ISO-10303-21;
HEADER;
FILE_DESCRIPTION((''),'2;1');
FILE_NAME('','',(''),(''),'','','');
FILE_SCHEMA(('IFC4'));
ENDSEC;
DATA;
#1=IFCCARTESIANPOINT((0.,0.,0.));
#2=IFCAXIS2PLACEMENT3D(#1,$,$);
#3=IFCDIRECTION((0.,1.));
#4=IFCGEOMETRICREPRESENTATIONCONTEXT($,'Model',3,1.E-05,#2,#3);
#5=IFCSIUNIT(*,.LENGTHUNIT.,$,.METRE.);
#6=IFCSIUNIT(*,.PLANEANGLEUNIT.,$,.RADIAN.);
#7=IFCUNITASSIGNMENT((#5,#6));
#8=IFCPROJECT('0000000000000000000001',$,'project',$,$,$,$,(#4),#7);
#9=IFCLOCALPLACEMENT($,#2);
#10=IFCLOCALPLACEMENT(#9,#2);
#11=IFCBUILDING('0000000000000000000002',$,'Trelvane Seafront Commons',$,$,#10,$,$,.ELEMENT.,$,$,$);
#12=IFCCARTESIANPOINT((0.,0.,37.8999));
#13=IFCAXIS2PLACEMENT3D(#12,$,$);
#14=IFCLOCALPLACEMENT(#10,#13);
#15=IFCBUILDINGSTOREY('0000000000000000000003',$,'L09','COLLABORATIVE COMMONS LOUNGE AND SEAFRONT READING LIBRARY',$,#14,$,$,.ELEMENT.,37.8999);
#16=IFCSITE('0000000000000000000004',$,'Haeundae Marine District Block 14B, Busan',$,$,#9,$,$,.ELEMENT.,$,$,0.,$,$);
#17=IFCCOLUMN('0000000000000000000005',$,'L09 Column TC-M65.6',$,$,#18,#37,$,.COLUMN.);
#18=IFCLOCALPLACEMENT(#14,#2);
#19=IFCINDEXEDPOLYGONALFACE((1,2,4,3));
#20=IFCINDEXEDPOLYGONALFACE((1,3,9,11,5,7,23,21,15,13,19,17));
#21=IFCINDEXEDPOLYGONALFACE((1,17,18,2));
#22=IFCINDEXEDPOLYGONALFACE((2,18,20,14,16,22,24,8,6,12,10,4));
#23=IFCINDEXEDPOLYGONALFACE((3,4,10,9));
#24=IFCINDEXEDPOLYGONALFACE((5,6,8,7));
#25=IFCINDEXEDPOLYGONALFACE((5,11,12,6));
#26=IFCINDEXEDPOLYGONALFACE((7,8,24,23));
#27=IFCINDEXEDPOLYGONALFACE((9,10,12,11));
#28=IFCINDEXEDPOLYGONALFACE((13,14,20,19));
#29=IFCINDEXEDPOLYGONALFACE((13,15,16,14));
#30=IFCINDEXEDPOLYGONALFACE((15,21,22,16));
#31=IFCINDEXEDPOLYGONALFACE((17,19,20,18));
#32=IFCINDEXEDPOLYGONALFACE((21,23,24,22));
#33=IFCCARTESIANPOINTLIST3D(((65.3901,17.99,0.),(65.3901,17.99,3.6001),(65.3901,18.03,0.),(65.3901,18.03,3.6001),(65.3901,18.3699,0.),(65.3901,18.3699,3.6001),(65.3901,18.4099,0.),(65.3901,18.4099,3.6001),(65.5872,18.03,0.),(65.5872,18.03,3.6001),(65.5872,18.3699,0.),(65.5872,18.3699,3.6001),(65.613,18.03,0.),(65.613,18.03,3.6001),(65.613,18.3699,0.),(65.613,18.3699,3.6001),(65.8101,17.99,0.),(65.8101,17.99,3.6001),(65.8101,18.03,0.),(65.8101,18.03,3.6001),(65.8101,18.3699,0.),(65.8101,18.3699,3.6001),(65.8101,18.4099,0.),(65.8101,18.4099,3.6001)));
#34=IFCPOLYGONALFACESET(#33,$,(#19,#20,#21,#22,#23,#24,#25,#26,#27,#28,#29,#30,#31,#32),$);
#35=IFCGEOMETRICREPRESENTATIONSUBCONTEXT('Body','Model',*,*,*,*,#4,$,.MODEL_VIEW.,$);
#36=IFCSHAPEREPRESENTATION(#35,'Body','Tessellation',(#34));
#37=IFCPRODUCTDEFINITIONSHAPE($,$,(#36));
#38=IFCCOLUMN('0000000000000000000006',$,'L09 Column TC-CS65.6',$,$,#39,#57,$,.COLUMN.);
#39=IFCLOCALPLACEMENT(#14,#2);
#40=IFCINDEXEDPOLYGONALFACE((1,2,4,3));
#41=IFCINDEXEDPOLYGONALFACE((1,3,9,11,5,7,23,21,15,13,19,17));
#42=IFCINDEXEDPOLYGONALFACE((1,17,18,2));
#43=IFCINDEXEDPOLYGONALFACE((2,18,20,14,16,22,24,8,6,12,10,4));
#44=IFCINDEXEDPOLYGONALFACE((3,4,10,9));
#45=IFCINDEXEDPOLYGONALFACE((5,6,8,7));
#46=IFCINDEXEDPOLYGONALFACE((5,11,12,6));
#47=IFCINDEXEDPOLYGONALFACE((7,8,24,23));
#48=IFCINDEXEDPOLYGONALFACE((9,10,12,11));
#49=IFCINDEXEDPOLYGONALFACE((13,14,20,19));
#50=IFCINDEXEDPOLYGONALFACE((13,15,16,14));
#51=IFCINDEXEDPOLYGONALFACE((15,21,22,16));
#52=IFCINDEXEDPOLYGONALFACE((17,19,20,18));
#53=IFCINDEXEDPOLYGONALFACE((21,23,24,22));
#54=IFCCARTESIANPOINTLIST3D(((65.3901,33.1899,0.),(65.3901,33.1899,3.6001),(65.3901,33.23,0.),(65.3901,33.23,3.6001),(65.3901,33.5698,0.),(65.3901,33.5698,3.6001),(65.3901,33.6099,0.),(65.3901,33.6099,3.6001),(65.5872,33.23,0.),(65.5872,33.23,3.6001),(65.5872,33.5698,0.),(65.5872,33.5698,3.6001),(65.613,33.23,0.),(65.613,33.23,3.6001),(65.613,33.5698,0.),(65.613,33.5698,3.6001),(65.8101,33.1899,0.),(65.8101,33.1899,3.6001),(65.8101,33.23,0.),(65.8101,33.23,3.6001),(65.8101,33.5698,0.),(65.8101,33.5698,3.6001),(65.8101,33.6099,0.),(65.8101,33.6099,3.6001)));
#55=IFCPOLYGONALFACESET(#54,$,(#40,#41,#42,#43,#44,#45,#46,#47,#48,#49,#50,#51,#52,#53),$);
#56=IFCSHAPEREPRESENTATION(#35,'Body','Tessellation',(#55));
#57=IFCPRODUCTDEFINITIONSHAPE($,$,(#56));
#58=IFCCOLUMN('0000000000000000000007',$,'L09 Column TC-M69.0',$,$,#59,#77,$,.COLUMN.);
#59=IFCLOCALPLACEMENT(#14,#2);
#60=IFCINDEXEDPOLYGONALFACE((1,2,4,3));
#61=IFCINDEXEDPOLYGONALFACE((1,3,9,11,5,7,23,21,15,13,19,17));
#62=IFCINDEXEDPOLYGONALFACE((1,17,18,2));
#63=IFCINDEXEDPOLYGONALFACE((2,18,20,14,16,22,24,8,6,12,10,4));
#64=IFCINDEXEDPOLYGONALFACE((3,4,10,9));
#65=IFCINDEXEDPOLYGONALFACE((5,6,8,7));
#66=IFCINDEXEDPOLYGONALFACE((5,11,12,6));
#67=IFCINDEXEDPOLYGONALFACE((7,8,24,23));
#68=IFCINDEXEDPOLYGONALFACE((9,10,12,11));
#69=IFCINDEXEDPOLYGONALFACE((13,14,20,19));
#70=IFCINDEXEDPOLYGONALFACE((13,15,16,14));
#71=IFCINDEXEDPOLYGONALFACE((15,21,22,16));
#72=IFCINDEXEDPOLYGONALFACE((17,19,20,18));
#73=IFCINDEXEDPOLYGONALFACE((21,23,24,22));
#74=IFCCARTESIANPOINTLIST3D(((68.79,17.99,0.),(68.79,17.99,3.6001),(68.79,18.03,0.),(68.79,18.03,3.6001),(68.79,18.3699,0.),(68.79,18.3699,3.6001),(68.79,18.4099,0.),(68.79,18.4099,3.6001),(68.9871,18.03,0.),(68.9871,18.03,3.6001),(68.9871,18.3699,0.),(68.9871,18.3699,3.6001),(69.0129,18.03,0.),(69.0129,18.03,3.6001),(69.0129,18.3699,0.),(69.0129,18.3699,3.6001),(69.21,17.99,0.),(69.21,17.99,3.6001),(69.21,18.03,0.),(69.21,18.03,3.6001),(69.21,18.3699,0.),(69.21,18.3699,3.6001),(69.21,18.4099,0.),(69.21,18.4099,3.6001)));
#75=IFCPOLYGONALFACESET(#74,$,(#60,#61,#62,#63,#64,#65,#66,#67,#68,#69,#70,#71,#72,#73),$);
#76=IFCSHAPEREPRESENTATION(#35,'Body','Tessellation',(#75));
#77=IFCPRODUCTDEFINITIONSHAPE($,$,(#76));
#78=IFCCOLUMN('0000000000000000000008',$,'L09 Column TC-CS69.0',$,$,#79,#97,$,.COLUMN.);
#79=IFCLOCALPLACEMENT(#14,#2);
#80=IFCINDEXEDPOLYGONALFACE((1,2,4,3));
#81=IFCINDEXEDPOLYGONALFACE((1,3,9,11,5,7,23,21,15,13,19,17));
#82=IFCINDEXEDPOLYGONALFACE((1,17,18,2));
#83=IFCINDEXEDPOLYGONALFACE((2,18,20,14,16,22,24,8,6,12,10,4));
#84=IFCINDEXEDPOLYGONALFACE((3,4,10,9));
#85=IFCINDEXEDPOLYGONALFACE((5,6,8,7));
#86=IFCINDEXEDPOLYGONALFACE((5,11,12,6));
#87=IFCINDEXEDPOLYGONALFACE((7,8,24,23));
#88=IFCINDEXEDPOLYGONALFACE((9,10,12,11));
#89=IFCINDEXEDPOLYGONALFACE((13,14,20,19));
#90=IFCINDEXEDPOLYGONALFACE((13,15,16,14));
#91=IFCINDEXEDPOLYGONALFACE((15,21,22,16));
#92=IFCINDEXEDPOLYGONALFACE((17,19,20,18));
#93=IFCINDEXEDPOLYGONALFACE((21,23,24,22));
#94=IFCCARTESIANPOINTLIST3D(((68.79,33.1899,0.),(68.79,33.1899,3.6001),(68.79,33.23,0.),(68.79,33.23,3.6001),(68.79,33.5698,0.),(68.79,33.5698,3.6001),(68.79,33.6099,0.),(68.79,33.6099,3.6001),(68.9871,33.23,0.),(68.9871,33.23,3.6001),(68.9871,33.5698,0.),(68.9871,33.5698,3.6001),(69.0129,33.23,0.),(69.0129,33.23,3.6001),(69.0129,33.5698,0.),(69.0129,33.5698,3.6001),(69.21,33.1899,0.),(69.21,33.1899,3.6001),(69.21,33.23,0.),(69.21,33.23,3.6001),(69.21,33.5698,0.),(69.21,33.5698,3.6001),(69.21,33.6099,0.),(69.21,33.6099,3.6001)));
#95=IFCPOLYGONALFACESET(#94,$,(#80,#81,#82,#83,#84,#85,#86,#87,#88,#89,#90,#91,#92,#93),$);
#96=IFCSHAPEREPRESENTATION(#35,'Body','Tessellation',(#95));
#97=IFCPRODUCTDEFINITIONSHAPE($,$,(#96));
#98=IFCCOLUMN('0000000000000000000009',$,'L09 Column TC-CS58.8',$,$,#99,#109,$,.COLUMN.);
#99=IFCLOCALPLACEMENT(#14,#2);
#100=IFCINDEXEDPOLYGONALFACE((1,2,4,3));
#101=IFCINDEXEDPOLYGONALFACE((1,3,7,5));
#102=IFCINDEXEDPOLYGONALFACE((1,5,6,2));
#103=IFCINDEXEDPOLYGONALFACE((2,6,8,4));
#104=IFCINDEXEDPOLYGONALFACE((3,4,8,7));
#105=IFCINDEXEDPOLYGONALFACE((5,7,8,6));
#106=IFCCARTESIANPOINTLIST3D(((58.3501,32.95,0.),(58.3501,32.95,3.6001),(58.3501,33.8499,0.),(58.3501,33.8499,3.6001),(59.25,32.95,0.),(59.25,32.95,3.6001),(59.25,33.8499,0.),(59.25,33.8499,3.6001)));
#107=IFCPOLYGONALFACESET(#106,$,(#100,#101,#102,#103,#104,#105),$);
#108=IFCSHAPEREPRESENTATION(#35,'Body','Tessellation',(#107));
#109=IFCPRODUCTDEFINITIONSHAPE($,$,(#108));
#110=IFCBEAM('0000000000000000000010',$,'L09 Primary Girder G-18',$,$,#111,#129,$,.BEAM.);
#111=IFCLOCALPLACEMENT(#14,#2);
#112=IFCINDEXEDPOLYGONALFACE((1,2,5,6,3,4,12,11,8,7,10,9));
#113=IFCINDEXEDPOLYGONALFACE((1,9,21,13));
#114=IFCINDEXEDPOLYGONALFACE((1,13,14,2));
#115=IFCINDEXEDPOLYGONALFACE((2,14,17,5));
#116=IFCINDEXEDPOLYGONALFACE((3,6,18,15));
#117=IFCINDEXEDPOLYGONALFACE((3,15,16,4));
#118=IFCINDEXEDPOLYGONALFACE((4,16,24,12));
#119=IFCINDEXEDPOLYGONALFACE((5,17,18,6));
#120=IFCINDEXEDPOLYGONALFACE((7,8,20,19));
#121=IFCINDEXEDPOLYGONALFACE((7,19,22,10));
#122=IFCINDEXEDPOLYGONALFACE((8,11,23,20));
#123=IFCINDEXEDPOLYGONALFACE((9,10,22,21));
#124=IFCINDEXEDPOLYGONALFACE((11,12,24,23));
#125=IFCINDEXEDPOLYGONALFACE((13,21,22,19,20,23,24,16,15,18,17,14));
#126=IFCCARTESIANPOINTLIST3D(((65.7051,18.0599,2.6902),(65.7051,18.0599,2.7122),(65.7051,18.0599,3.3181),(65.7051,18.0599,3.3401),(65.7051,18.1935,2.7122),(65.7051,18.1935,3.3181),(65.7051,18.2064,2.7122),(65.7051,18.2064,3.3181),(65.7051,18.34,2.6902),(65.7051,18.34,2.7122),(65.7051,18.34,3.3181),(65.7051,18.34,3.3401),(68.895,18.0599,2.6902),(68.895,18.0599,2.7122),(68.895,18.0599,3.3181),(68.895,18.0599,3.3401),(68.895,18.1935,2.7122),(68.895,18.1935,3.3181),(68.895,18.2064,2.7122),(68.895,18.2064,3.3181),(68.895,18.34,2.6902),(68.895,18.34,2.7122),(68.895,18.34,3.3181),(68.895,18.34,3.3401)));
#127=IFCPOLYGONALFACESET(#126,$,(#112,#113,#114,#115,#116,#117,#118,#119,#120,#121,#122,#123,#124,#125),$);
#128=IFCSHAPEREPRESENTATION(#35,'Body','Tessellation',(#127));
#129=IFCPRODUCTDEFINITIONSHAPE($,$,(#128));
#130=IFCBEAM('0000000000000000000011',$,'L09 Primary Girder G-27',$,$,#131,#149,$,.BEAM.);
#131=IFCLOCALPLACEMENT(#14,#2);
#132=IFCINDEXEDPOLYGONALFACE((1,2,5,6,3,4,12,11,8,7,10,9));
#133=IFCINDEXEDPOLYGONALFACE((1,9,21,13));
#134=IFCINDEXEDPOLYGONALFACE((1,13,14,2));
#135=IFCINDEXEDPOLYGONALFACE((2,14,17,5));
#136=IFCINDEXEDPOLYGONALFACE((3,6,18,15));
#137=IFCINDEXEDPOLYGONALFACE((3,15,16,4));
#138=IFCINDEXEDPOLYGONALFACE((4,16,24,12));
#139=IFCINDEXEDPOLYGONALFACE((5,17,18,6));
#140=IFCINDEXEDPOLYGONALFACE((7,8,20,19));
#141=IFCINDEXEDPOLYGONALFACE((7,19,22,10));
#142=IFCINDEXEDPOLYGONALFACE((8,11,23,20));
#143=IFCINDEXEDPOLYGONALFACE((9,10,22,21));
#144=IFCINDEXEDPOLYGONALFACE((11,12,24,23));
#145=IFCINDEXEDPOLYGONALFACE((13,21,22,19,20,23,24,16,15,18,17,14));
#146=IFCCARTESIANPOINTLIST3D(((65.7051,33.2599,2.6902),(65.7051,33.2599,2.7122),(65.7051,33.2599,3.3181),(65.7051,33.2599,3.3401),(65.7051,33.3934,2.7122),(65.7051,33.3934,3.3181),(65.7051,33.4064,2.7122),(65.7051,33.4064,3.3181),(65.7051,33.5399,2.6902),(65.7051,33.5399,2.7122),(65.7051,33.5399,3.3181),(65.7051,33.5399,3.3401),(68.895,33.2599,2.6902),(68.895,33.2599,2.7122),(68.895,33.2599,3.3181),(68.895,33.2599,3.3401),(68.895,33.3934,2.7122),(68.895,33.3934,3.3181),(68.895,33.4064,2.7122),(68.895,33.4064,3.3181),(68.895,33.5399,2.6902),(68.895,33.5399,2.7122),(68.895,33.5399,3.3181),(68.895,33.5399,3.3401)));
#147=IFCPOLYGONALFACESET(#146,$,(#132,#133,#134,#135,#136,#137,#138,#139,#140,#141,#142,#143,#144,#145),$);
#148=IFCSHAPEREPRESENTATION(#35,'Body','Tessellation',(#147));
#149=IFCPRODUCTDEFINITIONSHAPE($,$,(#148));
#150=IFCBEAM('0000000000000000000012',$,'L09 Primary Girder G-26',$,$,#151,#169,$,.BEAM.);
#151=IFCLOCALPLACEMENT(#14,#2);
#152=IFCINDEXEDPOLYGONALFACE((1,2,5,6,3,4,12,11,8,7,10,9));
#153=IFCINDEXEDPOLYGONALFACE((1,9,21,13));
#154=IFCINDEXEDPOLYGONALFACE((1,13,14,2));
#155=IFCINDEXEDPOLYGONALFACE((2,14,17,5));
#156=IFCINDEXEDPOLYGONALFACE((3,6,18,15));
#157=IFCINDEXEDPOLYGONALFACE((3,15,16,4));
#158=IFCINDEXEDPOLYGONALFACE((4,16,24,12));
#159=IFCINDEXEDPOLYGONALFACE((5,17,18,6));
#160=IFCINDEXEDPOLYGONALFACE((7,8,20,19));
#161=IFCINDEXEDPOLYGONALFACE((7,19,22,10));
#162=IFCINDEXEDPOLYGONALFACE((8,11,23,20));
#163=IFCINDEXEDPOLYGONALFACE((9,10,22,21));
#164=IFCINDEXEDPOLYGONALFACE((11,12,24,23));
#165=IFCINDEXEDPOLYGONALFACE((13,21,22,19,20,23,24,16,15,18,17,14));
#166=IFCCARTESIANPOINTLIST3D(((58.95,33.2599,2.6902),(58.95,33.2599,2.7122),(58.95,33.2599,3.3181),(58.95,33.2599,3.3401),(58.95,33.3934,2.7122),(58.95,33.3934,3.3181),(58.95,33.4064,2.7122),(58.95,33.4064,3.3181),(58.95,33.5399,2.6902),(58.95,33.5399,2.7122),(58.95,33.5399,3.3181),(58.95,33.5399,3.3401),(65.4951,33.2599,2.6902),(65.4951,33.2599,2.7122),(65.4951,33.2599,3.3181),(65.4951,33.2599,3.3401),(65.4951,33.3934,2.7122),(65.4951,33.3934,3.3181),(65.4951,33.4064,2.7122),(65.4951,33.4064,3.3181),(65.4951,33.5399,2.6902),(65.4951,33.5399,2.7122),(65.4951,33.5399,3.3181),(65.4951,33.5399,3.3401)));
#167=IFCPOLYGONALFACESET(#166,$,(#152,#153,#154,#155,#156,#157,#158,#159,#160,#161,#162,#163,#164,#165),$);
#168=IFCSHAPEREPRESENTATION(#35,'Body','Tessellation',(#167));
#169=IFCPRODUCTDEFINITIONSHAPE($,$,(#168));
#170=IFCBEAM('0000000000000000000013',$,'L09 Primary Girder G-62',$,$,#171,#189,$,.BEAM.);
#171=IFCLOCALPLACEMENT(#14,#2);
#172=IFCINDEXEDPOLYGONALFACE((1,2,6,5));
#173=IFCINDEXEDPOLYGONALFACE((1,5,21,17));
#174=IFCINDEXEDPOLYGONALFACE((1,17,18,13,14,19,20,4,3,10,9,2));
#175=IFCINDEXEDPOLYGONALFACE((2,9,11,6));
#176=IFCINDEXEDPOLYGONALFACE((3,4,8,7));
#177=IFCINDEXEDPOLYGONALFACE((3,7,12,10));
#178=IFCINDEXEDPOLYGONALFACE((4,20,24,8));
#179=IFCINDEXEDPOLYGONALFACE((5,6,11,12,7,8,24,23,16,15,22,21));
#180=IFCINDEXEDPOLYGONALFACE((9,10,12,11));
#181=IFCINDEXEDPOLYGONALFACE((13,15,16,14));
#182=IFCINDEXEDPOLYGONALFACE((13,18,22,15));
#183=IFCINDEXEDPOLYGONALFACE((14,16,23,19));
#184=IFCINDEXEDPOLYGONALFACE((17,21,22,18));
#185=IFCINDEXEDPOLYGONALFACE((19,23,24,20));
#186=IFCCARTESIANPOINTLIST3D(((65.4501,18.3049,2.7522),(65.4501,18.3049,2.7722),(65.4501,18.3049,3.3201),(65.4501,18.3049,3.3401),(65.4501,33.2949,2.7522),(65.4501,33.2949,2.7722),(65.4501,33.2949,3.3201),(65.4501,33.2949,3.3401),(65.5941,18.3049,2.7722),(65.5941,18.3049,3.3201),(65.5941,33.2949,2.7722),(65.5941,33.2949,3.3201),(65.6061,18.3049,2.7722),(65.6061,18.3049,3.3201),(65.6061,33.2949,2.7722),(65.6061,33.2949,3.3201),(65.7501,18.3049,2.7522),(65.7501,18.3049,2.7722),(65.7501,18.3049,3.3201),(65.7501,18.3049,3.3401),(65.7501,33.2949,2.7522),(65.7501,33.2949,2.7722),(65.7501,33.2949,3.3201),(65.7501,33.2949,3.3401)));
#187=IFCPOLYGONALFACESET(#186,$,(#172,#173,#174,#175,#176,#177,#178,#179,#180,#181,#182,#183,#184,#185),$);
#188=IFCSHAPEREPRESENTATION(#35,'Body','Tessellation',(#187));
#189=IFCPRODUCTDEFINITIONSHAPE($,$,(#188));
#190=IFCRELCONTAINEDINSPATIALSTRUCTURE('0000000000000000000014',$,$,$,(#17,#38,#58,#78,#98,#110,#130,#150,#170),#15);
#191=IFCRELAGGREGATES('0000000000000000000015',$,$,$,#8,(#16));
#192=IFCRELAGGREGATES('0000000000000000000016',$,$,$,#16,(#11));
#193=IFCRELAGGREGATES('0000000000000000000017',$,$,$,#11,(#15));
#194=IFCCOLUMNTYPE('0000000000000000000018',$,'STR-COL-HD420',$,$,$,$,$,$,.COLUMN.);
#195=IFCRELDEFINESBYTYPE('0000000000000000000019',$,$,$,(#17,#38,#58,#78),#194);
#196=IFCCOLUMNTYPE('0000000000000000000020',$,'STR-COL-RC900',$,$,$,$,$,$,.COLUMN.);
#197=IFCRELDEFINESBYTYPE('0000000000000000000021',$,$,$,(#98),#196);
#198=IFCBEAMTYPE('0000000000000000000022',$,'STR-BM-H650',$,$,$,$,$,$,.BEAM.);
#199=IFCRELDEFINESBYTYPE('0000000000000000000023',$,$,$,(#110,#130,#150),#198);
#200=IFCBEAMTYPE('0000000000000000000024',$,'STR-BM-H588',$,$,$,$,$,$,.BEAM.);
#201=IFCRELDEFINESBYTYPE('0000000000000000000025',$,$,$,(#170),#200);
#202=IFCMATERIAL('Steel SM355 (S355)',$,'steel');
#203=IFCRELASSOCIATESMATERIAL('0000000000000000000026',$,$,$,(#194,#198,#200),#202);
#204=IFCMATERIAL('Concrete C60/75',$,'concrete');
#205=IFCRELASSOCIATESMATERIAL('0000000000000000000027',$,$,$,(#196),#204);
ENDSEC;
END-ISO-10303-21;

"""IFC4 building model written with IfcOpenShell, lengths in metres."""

from ifc_helpers import new_model, si_unit, direction, frame, origin, origin_2d, place, context, subcontext, project, spatial, rectangle, i_section, extrude, source, transform, mapped, material, material_profile, profile_set, type_object, element, save


model = new_model("IFC4")

# Units and contexts
model_context = context("Model", 3, precision=1e-05, world=origin(), true_north=direction((0.0, 1.0)))
body_context = subcontext(model_context, "Body", "Model", "MODEL_VIEW")
ifc_project = project(units=[si_unit("LENGTHUNIT", "METRE"), si_unit("PLANEANGLEUNIT", "RADIAN")], contexts=[model_context])

# Site, building, storey
site_placement = place(None, origin())
site = spatial("IfcSite", under=ifc_project, at=site_placement, Name="Haeundae Marine District Block 14B, Busan", CompositionType="ELEMENT", RefElevation=0.0)
building_placement = place(site_placement, origin())
building = spatial("IfcBuilding", under=site, at=building_placement, Name="Trelvane Seafront Commons", CompositionType="ELEMENT")
storey_placement = place(building_placement, frame((0.0, 0.0, 37.8999)))
storey = spatial("IfcBuildingStorey", under=building, at=storey_placement, Name="L09", Description="COLLABORATIVE COMMONS LOUNGE AND SEAFRONT READING LIBRARY", CompositionType="ELEMENT", Elevation=37.8999)

# Columns
ifc_material_1 = material(Name="Steel SM355 (S355)", Category="steel")
ifc_material_profile_1 = material_profile(ifc_material_1, i_section(OverallWidth=0.4199, OverallDepth=0.4199, WebThickness=0.0259, FlangeThickness=0.04, at=origin_2d()), Name="HD-420x420x26x40")
ifc_profile_set_1 = profile_set([ifc_material_profile_1], Name="Steel SM355 (S355)")
column_type_1 = type_object("IfcColumnType", Name="STR-COL-HD420", PredefinedType="COLUMN", material=ifc_profile_set_1)
shared_shape_1 = source(origin(), body_context, "Body", "SweptSolid", [
    extrude(i_section(OverallWidth=0.4199, OverallDepth=0.4199, WebThickness=0.0259, FlangeThickness=0.04, at=origin_2d()), origin(), (0.0, 0.0, 1.0), 3.6001),
])
for number, where, z_axis, x_axis, name in (
    (1, (65.6001, 18.2, 0.0), (0.0, 0.0, 1.0), (1.0, 0.0, 0.0), "L09 Column TC-M65.6"),
    (2, (65.6001, 33.3999, 0.0), (0.0, 0.0, 1.0), (1.0, 0.0, 0.0), "L09 Column TC-CS65.6"),
    (3, (69.0, 18.2, 0.0), (0.0, 0.0, 1.0), (1.0, 0.0, 0.0), "L09 Column TC-M69.0"),
    (4, (69.0, 33.3999, 0.0), (0.0, 0.0, 1.0), (1.0, 0.0, 0.0), "L09 Column TC-CS69.0"),
):
    element("IfcColumn", number, at=place(storey_placement, frame(where, z_axis=z_axis, x_axis=x_axis)), inside=storey, type_object=column_type_1, Name=name, PredefinedType="COLUMN", context=body_context, shape_type="MappedRepresentation", body=[
        mapped(shared_shape_1, transform((0.0, 0.0, 0.0), x_axis=(1.0, 0.0, 0.0), y_axis=(0.0, 1.0, 0.0), z_axis=(0.0, 0.0, 1.0), scale=1.0)),
    ])
ifc_material_2 = material(Name="Concrete C60/75", Category="concrete")
ifc_material_profile_2 = material_profile(ifc_material_2, rectangle(XDim=0.8999, YDim=0.8999, at=origin_2d()), Name="RC-900x900")
ifc_profile_set_2 = profile_set([ifc_material_profile_2], Name="Concrete C60/75")
column_type_2 = type_object("IfcColumnType", Name="STR-COL-RC900", PredefinedType="COLUMN", material=ifc_profile_set_2)
shared_shape_2 = source(origin(), body_context, "Body", "SweptSolid", [
    extrude(rectangle(XDim=0.8999, YDim=0.8999, at=origin_2d()), origin(), (0.0, 0.0, 1.0), 3.6001),
])
column_placement = place(storey_placement, frame((58.8, 33.3999, 0.0), z_axis=(0.0, 0.0, 1.0), x_axis=(1.0, 0.0, 0.0)))
element("IfcColumn", 5, at=column_placement, inside=storey, type_object=column_type_2, Name="L09 Column TC-CS58.8", PredefinedType="COLUMN", context=body_context, shape_type="MappedRepresentation", body=[
    mapped(shared_shape_2, transform((0.0, 0.0, 0.0), x_axis=(1.0, 0.0, 0.0), y_axis=(0.0, 1.0, 0.0), z_axis=(0.0, 0.0, 1.0), scale=1.0)),
])

# Beams
ifc_material_profile_3 = material_profile(ifc_material_1, i_section(OverallWidth=0.28, OverallDepth=0.6499, WebThickness=0.0129, FlangeThickness=0.022, at=origin_2d()), Name="H-650x280x13x22")
ifc_profile_set_3 = profile_set([ifc_material_profile_3], Name="Steel SM355 (S355)")
beam_type_1 = type_object("IfcBeamType", Name="STR-BM-H650", PredefinedType="BEAM", material=ifc_profile_set_3)
shared_shape_3 = source(origin(), body_context, "Body", "SweptSolid", [
    extrude(i_section(OverallWidth=0.28, OverallDepth=0.6499, WebThickness=0.0129, FlangeThickness=0.022, at=origin_2d()), origin(), (0.0, 0.0, 1.0), 3.1899),
])
for number, where, z_axis, x_axis, name in (
    (6, (65.7051, 18.2, 3.0151), (1.0, 0.0, 0.0), (0.0, 1.0, 0.0), "L09 Primary Girder G-18"),
    (7, (65.7051, 33.3999, 3.0151), (1.0, 0.0, 0.0), (0.0, 1.0, 0.0), "L09 Primary Girder G-27"),
):
    element("IfcBeam", number, at=place(storey_placement, frame(where, z_axis=z_axis, x_axis=x_axis)), inside=storey, type_object=beam_type_1, Name=name, PredefinedType="BEAM", context=body_context, shape_type="MappedRepresentation", body=[
        mapped(shared_shape_3, transform((0.0, 0.0, 0.0), x_axis=(1.0, 0.0, 0.0), y_axis=(0.0, 1.0, 0.0), z_axis=(0.0, 0.0, 1.0), scale=1.0)),
    ])
shared_shape_4 = source(origin(), body_context, "Body", "SweptSolid", [
    extrude(i_section(OverallWidth=0.28, OverallDepth=0.6499, WebThickness=0.0129, FlangeThickness=0.022, at=origin_2d()), origin(), (0.0, 0.0, 1.0), 6.5452),
])
beam_1_placement = place(storey_placement, frame((58.95, 33.3999, 3.0151), z_axis=(1.0, 0.0, 0.0), x_axis=(0.0, 1.0, 0.0)))
element("IfcBeam", 8, at=beam_1_placement, inside=storey, type_object=beam_type_1, Name="L09 Primary Girder G-26", PredefinedType="BEAM", context=body_context, shape_type="MappedRepresentation", body=[
    mapped(shared_shape_4, transform((0.0, 0.0, 0.0), x_axis=(1.0, 0.0, 0.0), y_axis=(0.0, 1.0, 0.0), z_axis=(0.0, 0.0, 1.0), scale=1.0)),
])
ifc_material_profile_4 = material_profile(ifc_material_1, i_section(OverallWidth=0.3, OverallDepth=0.5879, WebThickness=0.012, FlangeThickness=0.02, at=origin_2d()), Name="H-588x300x12x20")
ifc_profile_set_4 = profile_set([ifc_material_profile_4], Name="Steel SM355 (S355)")
beam_type_2 = type_object("IfcBeamType", Name="STR-BM-H588", PredefinedType="BEAM", material=ifc_profile_set_4)
shared_shape_5 = source(origin(), body_context, "Body", "SweptSolid", [
    extrude(i_section(OverallWidth=0.3, OverallDepth=0.5879, WebThickness=0.012, FlangeThickness=0.02, at=origin_2d()), origin(), (0.0, 0.0, 1.0), 14.99),
])
for number, where, z_axis, x_axis, name in (
    (9, (65.6001, 18.3049, 3.0461), (0.0, 1.0, 0.0), (-1.0, 0.0, 0.0), "L09 Primary Girder G-62"),
):
    element("IfcBeam", number, at=place(storey_placement, frame(where, z_axis=z_axis, x_axis=x_axis)), inside=storey, type_object=beam_type_2, Name=name, PredefinedType="BEAM", context=body_context, shape_type="MappedRepresentation", body=[
        mapped(shared_shape_5, transform((0.0, 0.0, 0.0), x_axis=(1.0, 0.0, 0.0), y_axis=(0.0, 1.0, 0.0), z_axis=(0.0, 0.0, 1.0), scale=1.0)),
    ])

save(model, "model.ifc")
